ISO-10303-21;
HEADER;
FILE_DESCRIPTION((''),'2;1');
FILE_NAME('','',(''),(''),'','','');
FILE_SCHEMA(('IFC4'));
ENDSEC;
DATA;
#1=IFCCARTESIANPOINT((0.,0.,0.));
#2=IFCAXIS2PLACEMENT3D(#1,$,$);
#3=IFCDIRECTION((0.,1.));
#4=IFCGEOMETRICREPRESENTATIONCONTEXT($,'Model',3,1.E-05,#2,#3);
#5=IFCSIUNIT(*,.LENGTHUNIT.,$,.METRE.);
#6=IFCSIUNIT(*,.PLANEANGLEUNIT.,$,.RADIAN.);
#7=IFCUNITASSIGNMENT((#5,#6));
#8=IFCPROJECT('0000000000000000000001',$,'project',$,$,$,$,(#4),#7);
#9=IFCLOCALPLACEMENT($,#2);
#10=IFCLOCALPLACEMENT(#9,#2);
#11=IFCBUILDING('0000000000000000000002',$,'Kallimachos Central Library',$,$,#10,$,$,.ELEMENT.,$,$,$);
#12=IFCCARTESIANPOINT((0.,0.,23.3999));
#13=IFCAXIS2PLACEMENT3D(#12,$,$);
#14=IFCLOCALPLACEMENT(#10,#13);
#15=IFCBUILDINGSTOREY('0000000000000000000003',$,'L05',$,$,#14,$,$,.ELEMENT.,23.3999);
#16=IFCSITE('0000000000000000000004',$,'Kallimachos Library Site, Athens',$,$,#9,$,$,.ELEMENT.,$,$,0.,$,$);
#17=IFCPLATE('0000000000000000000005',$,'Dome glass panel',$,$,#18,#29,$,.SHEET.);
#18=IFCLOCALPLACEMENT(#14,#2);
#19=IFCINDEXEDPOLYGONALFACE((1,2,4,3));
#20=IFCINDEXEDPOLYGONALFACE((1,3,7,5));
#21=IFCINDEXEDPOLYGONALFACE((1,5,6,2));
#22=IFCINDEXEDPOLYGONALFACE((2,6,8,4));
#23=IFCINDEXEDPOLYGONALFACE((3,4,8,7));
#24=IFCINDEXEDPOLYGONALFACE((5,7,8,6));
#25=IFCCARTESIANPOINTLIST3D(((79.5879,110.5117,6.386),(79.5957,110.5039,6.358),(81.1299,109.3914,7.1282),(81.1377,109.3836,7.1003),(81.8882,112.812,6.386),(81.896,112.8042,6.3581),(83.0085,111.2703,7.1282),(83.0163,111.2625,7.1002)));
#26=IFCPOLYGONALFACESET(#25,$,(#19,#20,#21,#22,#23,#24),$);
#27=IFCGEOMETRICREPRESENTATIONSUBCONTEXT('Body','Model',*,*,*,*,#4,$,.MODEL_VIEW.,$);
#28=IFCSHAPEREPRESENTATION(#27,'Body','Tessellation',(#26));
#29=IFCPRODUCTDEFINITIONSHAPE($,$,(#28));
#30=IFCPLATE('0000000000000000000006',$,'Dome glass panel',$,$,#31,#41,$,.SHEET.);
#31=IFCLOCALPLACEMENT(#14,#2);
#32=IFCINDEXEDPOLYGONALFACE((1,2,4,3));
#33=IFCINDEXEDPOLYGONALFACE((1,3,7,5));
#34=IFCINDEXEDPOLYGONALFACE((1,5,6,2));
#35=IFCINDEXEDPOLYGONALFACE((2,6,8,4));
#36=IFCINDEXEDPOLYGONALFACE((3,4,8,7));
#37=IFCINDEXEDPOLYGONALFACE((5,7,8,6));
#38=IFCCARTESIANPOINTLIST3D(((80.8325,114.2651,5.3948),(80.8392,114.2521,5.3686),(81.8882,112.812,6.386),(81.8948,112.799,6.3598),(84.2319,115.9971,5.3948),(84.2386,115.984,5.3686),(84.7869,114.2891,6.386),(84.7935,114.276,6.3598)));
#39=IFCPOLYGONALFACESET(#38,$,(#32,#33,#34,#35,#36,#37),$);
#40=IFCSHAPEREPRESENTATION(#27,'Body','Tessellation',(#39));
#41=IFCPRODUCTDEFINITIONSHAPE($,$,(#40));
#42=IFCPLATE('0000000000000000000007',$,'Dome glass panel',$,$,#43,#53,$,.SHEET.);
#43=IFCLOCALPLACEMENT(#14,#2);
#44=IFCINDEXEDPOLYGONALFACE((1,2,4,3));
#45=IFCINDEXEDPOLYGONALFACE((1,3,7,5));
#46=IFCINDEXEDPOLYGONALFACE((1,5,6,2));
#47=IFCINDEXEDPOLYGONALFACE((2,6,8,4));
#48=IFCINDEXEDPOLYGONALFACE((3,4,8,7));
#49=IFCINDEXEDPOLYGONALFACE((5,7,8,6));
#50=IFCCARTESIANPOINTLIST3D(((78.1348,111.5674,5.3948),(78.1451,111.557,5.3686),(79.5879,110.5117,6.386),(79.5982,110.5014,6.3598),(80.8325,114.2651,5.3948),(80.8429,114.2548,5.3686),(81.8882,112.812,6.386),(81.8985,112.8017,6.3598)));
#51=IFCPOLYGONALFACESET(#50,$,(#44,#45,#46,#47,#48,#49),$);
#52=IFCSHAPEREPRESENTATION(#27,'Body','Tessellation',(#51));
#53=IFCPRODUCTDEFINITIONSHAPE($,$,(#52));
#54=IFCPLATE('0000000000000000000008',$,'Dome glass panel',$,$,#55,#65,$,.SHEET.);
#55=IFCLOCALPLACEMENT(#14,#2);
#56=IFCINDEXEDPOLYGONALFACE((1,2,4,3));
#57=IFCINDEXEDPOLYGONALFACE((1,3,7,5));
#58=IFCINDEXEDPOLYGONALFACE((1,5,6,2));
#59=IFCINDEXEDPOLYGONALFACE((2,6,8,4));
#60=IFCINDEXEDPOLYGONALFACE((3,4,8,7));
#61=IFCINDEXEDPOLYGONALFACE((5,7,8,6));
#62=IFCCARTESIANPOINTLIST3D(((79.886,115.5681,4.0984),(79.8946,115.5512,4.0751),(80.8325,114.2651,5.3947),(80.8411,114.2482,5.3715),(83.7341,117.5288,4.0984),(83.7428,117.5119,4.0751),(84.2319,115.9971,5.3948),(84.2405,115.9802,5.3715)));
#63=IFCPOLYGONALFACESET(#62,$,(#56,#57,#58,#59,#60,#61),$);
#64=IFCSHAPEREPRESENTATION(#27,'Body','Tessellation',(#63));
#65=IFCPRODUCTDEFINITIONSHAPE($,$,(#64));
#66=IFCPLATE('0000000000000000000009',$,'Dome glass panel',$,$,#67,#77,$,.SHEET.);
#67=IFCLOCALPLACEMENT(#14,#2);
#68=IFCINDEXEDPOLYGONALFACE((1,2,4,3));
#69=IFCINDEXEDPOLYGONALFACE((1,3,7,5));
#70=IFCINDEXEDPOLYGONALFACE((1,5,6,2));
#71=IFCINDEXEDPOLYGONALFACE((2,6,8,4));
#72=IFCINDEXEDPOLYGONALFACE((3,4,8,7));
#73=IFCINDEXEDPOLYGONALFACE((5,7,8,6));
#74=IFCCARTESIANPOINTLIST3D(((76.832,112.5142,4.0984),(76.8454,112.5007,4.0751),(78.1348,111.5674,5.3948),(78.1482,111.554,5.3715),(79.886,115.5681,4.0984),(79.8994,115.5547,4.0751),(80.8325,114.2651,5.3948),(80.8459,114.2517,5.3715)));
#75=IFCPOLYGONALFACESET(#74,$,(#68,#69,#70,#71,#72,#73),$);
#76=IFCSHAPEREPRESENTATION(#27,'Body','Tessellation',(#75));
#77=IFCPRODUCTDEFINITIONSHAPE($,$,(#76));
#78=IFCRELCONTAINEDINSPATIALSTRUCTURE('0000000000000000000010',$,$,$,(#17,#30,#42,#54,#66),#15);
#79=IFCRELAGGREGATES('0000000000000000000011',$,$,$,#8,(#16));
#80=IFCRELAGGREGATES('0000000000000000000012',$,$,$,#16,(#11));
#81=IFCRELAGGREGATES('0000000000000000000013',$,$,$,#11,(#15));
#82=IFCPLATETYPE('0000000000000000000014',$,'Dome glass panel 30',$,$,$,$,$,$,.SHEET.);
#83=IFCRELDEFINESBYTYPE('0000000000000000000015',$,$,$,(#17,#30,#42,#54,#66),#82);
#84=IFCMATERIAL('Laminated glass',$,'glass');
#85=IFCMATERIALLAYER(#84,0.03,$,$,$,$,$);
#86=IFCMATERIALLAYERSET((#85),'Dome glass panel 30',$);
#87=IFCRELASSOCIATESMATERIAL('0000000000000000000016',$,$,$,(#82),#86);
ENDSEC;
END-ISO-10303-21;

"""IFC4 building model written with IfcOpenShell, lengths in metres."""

from ifc_helpers import new_model, si_unit, direction, frame, origin, place, context, subcontext, project, spatial, polyline, outline, extrude, material, layer, layer_set, type_object, element, save


model = new_model("IFC4")

# Units and contexts
model_context = context("Model", 3, precision=1e-05, world=origin(), true_north=direction((0.0, 1.0)))
body_context = subcontext(model_context, "Body", "Model", "MODEL_VIEW")
ifc_project = project(units=[si_unit("LENGTHUNIT", "METRE"), si_unit("PLANEANGLEUNIT", "RADIAN")], contexts=[model_context])

# Site, building, storey
site_placement = place(None, origin())
site = spatial("IfcSite", under=ifc_project, at=site_placement, Name="Kallimachos Library Site, Athens", CompositionType="ELEMENT", RefElevation=0.0)
building_placement = place(site_placement, origin())
building = spatial("IfcBuilding", under=site, at=building_placement, Name="Kallimachos Central Library", CompositionType="ELEMENT")
storey_placement = place(building_placement, frame((0.0, 0.0, 23.3999)))
storey = spatial("IfcBuildingStorey", under=building, at=storey_placement, Name="L05", CompositionType="ELEMENT", Elevation=23.3999)

# Plates
ifc_material_1 = material(Name="Laminated glass", Category="glass")
ifc_layer = layer(ifc_material_1, 0.03)
ifc_layer_set = layer_set([ifc_layer], Name="Dome glass panel 30")
plate_type = type_object("IfcPlateType", Name="Dome glass panel 30", PredefinedType="SHEET", material=ifc_layer_set)
plate_1_placement = place(storey_placement, frame((83.0085, 111.2703, 7.1282), z_axis=(-0.259362, 0.259347, 0.930307), x_axis=(-0.547792, 0.753824, -0.362868)))
element("IfcPlate", 1, at=plate_1_placement, inside=storey, type_object=plate_type, Name="Dome glass panel", PredefinedType="SHEET", context=body_context, shape_type="SweptSolid", body=[
    extrude(outline(polyline([(0.0, 0.0), (2.0452, 0.0), (1.5713, 3.2184), (-0.3872, 2.6286), (0.0, 0.0)])), origin(), (0.0, 0.0, -1.0), 0.03),
])
plate_2_placement = place(storey_placement, frame((84.7869, 114.2891, 6.386), z_axis=(-0.221449, 0.434626, 0.872961), x_axis=(-0.270536, 0.832667, -0.483193)))
element("IfcPlate", 2, at=plate_2_placement, inside=storey, type_object=plate_type, Name="Dome glass panel", PredefinedType="SHEET", context=body_context, shape_type="SweptSolid", body=[
    extrude(outline(polyline([(0.0, 0.0), (2.0513, 0.0), (1.5288, 3.7792), (-0.4457, 3.2226), (0.0, 0.0)])), origin(), (0.0, 0.0, -1.0), 0.03),
])
plate_3_placement = place(storey_placement, frame((81.8882, 112.812, 6.386), z_axis=(-0.344907, 0.344907, 0.872971), x_axis=(-0.514591, 0.708336, -0.483173)))
element("IfcPlate", 3, at=plate_3_placement, inside=storey, type_object=plate_type, Name="Dome glass panel", PredefinedType="SHEET", context=body_context, shape_type="SweptSolid", body=[
    extrude(outline(polyline([(0.0, 0.0), (2.0515, 0.0), (1.5288, 3.7792), (-0.4457, 3.2224), (0.0, 0.0)])), origin(), (0.0, 0.0, -1.0), 0.03),
])
plate_4_placement = place(storey_placement, frame((84.2319, 115.9971, 5.3948), z_axis=(-0.286793, 0.562892, 0.775179), x_axis=(-0.240767, 0.740847, -0.627038)))
element("IfcPlate", 4, at=plate_4_placement, inside=storey, type_object=plate_type, Name="Dome glass panel", PredefinedType="SHEET", context=body_context, shape_type="SweptSolid", body=[
    extrude(outline(polyline([(0.0, 0.0), (2.0675, 0.0), (1.5415, 4.2867), (-0.4646, 3.7868), (0.0, 0.0)])), origin(), (0.0, 0.0, -1.0), 0.03),
])
plate_5_placement = place(storey_placement, frame((80.8325, 114.2651, 5.3948), z_axis=(-0.446724, 0.446724, 0.775162), x_axis=(-0.457829, 0.630238, -0.62705)))
element("IfcPlate", 5, at=plate_5_placement, inside=storey, type_object=plate_type, Name="Dome glass panel", PredefinedType="SHEET", context=body_context, shape_type="SweptSolid", body=[
    extrude(outline(polyline([(0.0, 0.0), (2.0674, 0.0), (1.5409, 4.2867), (-0.4651, 3.7867), (0.0, 0.0)])), origin(), (0.0, 0.0, -1.0), 0.03),
])

save(model, "model.ifc")
